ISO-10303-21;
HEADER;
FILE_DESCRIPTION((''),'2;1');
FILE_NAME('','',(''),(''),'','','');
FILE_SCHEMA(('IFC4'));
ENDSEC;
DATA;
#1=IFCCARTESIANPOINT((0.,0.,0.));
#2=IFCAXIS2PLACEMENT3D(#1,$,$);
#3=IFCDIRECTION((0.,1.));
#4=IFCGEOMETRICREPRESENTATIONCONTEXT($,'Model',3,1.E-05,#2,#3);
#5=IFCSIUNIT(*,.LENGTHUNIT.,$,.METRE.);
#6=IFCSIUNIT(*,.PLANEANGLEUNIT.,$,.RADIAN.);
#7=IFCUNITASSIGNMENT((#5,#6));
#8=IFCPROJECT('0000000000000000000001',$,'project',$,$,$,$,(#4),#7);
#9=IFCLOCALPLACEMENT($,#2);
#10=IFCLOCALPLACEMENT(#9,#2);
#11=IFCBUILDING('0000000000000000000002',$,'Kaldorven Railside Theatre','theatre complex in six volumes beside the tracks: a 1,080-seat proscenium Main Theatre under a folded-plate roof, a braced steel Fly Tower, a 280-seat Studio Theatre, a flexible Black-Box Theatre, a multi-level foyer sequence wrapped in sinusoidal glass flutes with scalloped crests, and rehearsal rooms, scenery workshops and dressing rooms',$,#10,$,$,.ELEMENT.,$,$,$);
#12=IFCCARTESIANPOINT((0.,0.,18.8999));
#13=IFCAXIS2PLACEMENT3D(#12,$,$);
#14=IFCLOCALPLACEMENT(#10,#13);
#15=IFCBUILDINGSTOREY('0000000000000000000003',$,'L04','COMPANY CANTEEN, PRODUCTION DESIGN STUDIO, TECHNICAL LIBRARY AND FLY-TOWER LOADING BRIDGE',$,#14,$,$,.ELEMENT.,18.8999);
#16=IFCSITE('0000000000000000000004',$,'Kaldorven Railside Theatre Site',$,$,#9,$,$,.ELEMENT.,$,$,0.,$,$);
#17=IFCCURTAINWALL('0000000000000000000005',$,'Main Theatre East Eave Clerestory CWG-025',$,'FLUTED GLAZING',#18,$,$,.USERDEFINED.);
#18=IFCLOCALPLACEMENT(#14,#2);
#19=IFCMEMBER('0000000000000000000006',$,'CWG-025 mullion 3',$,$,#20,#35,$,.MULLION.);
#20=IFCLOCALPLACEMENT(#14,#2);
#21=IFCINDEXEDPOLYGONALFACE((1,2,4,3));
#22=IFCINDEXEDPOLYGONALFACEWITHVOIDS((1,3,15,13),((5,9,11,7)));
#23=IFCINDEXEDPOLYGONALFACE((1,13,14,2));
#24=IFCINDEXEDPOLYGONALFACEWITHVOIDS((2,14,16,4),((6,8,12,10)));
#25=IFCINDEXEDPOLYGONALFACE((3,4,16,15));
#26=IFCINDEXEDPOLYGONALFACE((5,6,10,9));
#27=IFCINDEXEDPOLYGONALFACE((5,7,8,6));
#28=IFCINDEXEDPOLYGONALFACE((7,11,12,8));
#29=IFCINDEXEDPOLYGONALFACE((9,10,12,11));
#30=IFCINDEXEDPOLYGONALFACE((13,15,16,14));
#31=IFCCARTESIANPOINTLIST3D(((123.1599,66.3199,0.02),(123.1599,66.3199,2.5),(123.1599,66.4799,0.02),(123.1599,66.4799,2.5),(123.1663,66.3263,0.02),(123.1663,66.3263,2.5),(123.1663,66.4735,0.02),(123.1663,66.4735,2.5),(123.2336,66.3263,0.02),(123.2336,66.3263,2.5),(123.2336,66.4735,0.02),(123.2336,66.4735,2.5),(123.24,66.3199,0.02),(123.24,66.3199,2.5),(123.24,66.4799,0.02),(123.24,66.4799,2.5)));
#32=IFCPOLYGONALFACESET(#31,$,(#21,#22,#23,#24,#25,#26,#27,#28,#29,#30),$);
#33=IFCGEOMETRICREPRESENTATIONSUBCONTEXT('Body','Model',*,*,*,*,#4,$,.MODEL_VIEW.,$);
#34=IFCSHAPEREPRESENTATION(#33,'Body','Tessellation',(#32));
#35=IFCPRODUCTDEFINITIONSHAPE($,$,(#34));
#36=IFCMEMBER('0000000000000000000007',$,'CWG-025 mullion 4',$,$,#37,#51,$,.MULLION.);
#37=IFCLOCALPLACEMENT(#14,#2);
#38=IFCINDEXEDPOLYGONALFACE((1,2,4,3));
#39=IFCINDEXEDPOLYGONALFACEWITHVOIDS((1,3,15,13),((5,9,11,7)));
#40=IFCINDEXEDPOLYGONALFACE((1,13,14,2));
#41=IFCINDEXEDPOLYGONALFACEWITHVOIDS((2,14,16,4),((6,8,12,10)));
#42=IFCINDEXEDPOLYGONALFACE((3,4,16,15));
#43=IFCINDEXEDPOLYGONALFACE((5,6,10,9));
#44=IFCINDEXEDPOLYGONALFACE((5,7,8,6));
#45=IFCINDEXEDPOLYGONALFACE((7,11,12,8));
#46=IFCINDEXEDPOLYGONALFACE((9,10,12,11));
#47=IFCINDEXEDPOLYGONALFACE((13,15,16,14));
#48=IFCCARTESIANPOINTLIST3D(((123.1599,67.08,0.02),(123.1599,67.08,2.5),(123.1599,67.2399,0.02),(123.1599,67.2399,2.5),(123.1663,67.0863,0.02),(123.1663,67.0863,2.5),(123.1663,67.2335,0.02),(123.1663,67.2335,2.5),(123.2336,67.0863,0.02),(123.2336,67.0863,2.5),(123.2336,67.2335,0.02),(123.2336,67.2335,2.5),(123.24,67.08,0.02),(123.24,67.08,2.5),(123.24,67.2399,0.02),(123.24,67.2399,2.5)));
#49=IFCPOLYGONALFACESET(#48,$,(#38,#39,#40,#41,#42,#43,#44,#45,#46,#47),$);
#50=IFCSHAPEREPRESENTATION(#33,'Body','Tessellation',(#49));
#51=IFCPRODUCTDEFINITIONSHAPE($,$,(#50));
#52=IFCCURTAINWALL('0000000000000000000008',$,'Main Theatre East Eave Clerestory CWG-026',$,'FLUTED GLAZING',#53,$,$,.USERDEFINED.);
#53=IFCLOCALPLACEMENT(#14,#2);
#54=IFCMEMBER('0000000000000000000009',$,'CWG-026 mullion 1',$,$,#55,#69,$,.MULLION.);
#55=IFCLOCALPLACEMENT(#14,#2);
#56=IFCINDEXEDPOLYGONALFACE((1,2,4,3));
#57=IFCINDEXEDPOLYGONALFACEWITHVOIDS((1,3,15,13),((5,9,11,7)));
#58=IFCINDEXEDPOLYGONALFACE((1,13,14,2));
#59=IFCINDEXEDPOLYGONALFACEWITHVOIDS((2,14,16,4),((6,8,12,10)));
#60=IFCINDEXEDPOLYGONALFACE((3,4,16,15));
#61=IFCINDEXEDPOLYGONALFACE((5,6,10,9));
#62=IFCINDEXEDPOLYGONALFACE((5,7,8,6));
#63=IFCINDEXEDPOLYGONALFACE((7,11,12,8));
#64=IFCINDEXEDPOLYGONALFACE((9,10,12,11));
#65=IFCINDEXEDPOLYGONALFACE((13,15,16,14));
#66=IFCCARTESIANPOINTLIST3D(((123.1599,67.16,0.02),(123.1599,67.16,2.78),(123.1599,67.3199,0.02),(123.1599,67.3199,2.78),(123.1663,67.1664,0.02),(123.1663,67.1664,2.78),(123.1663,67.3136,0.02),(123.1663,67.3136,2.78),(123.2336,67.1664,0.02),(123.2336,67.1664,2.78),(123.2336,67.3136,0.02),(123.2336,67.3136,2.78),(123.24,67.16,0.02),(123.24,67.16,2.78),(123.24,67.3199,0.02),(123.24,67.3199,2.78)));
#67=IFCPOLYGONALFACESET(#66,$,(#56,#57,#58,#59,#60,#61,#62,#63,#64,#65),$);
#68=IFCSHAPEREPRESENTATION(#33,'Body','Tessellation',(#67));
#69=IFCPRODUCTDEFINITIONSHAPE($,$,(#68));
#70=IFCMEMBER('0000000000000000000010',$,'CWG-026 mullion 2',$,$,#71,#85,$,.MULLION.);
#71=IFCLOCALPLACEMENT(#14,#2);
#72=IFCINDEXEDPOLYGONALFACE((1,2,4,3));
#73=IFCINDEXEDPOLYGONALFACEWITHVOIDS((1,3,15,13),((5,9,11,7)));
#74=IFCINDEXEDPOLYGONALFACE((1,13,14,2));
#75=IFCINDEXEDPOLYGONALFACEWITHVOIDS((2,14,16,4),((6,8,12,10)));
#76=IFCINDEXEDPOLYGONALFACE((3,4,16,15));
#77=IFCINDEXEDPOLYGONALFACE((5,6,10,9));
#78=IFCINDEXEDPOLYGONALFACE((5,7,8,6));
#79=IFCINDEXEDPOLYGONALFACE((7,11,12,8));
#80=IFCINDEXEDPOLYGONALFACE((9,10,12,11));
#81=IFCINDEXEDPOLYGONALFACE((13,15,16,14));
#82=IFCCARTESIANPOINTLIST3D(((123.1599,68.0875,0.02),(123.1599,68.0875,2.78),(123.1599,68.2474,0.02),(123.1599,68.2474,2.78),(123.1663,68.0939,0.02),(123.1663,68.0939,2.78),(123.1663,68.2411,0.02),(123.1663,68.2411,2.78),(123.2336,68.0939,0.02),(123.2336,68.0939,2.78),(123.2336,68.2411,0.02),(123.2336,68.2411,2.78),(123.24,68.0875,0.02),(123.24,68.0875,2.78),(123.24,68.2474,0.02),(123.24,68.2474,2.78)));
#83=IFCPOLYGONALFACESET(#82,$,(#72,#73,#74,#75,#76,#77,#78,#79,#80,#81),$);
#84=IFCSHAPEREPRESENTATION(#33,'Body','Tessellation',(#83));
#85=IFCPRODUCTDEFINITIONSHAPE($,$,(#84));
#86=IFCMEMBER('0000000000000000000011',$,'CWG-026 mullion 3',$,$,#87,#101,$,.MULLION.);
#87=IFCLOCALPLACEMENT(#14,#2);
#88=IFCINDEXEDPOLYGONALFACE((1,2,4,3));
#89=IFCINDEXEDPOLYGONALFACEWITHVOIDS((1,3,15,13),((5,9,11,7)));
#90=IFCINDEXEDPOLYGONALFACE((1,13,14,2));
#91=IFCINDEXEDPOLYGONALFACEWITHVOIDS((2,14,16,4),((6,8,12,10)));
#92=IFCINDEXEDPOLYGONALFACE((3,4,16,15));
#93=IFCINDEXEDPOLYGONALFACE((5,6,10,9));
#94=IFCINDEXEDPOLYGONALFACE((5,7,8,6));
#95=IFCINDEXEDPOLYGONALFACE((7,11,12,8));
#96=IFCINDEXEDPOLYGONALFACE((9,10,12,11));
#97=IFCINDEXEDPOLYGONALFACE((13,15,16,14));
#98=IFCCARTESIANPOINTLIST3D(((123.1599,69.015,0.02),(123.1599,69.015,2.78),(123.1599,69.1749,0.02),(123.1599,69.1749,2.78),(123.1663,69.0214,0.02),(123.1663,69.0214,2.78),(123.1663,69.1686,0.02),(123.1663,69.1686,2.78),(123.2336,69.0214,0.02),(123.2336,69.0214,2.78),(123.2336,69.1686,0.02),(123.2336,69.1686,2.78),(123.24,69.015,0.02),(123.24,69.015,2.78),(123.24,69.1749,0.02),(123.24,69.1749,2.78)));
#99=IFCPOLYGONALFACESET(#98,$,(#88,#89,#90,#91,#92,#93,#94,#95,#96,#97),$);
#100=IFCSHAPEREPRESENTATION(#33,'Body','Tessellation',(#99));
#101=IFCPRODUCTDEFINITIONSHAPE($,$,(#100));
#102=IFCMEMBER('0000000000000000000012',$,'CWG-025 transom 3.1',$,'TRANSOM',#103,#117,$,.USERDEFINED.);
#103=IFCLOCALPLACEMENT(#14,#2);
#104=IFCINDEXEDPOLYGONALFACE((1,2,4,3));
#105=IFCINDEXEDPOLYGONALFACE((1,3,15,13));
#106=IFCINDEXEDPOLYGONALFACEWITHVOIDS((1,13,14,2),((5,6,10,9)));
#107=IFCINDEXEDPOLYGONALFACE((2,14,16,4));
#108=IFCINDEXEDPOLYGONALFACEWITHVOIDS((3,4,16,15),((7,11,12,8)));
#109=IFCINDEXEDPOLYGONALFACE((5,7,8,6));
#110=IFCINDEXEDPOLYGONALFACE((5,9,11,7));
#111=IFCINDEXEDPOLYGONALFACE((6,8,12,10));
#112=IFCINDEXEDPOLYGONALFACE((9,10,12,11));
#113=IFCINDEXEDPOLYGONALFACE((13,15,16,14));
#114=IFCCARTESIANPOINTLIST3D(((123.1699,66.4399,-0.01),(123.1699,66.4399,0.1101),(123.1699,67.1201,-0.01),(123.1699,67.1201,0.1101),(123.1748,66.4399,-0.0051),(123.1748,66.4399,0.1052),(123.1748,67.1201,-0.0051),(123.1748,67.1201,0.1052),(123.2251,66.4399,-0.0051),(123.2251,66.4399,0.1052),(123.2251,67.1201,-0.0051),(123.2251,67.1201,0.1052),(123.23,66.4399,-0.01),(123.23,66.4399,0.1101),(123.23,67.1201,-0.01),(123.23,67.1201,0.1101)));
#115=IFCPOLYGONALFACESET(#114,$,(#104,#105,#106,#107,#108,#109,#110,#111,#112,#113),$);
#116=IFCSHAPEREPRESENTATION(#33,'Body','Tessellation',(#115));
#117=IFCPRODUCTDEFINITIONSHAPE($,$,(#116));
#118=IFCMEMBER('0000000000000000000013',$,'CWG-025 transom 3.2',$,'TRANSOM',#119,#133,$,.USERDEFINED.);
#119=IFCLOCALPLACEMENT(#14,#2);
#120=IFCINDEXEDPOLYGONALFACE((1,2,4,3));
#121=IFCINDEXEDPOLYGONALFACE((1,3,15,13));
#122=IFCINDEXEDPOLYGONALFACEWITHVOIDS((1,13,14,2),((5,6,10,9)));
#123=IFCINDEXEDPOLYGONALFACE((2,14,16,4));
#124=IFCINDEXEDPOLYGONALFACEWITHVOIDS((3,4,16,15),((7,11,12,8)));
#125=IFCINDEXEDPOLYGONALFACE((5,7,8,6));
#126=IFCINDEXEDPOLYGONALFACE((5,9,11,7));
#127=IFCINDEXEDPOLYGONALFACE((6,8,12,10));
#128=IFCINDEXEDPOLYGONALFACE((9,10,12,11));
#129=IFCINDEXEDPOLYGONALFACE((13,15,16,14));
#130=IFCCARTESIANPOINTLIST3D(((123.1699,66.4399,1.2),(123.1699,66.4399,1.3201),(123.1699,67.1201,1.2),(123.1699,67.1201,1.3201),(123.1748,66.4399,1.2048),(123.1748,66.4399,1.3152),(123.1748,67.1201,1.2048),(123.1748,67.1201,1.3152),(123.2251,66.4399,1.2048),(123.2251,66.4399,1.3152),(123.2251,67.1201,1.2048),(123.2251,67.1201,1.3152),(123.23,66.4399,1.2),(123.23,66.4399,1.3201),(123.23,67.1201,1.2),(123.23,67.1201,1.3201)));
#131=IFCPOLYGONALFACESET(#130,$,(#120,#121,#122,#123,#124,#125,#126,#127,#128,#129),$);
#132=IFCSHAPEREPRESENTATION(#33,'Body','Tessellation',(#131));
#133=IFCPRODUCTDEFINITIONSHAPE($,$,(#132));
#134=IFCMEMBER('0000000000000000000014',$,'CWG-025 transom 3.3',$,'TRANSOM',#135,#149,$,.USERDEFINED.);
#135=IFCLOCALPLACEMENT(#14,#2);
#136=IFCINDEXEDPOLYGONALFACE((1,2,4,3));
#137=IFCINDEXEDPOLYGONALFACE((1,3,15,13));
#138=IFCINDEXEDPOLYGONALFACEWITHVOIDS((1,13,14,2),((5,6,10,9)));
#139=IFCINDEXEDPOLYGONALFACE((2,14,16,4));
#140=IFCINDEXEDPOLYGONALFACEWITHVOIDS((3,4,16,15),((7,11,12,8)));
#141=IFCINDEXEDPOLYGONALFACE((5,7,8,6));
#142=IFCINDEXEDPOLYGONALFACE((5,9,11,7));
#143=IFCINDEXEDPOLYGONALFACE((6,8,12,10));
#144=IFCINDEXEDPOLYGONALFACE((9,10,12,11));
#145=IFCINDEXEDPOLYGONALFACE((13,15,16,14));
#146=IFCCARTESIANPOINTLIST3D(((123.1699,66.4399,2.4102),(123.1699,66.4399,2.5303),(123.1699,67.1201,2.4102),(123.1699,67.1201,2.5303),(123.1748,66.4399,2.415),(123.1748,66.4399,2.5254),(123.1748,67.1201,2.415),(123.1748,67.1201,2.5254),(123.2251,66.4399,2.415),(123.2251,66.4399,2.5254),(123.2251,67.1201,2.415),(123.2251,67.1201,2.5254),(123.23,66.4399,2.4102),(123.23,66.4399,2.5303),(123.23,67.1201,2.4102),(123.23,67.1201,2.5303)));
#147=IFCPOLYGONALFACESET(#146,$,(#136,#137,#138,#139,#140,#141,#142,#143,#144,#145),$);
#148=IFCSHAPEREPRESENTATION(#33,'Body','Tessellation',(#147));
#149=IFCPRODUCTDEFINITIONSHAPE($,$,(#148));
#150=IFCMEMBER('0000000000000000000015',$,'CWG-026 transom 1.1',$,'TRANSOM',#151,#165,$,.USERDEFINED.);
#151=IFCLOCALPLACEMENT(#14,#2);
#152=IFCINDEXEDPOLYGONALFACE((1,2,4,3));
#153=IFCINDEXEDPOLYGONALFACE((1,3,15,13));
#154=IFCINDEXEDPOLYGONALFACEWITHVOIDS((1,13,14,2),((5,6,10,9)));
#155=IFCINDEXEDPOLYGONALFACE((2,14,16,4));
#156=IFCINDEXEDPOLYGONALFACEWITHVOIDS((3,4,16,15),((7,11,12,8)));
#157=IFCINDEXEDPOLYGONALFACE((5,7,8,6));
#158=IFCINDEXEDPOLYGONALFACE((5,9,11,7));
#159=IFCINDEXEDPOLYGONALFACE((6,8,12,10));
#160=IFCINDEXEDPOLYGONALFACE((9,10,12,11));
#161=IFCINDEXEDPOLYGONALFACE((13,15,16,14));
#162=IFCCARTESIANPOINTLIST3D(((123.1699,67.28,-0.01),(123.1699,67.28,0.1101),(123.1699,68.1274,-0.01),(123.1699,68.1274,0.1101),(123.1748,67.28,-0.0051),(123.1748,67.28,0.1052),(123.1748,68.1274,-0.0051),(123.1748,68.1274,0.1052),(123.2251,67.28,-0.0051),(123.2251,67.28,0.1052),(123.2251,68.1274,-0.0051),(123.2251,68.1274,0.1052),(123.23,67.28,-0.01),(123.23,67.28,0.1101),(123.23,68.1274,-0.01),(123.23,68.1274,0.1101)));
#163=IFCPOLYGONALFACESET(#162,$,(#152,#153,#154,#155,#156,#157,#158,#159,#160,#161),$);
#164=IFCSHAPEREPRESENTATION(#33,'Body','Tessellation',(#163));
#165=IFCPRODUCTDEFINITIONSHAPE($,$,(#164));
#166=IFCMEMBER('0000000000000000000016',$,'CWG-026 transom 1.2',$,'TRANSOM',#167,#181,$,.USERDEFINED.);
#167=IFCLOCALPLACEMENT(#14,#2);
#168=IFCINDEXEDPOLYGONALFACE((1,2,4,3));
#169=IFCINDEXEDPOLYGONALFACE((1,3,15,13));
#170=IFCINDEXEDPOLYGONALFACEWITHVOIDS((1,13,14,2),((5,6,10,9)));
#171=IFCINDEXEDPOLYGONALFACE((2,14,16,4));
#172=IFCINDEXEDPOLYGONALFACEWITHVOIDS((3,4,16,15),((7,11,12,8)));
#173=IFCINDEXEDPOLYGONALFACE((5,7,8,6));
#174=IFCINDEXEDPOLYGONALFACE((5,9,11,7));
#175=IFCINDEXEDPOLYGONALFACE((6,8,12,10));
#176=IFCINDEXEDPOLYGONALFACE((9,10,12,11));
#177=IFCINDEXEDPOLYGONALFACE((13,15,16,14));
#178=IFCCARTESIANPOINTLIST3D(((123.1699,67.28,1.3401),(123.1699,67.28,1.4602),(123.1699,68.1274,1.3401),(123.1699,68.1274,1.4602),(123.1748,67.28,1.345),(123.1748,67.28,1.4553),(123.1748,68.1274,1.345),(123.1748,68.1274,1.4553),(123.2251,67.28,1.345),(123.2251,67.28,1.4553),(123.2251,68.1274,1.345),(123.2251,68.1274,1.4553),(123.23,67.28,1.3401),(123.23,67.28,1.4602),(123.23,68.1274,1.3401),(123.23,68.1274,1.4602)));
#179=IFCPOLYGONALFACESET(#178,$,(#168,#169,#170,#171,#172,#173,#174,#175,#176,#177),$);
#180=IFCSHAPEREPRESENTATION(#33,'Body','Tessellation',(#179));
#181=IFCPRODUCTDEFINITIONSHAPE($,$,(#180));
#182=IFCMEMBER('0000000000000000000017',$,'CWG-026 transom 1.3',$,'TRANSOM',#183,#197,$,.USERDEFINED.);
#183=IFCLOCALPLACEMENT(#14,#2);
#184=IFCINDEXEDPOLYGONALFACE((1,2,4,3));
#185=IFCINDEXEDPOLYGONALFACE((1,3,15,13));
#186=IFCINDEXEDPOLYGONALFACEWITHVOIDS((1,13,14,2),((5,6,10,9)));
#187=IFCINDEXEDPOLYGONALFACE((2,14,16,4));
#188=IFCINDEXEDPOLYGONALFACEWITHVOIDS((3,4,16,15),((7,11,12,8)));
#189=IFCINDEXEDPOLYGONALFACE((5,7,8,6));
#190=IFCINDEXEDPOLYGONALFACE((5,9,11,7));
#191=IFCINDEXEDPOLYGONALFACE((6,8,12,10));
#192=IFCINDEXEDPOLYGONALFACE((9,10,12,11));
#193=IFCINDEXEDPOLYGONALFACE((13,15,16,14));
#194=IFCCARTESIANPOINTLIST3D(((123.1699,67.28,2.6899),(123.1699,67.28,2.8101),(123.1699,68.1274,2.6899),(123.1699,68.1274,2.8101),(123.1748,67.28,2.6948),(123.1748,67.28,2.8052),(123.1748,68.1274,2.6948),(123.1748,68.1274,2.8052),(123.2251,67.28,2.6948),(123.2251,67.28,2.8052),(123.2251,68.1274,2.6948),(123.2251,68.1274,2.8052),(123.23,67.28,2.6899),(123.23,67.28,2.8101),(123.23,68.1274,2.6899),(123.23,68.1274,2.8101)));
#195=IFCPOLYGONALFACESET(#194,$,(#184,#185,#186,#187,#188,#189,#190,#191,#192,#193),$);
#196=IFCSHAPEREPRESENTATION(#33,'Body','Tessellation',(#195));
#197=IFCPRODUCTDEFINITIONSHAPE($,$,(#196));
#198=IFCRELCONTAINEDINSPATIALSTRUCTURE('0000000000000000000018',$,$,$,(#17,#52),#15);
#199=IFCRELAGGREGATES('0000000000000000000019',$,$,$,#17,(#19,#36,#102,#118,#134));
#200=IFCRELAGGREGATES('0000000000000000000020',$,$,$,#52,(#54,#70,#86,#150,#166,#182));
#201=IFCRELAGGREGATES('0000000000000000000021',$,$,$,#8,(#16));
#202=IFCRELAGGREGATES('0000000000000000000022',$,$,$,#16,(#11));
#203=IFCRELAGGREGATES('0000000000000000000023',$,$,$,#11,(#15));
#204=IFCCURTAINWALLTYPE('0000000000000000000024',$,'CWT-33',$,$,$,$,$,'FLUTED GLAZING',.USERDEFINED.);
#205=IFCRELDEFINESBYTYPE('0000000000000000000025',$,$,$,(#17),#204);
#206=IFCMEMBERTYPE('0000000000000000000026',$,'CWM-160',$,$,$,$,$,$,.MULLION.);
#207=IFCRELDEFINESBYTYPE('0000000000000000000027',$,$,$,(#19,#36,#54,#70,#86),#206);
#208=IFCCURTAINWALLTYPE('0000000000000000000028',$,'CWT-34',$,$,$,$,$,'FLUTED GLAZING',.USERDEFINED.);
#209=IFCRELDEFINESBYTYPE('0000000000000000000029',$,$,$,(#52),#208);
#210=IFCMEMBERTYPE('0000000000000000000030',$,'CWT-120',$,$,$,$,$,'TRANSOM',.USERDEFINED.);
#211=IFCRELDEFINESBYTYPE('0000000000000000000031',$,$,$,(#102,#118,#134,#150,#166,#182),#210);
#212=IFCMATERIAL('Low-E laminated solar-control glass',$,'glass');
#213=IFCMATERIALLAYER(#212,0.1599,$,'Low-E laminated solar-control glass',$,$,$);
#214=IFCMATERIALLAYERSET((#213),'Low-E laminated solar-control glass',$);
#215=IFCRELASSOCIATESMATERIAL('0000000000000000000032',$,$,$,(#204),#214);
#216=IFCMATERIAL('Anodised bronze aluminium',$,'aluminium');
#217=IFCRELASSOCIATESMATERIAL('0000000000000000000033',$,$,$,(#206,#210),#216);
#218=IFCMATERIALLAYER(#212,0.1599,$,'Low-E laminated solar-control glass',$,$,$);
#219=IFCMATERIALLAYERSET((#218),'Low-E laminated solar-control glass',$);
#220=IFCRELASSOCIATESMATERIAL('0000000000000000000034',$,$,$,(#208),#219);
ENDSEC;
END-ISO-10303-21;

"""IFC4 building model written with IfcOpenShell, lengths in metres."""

from ifc_helpers import new_model, si_unit, direction, frame, origin, origin_2d, place, context, subcontext, project, spatial, hollow_rectangle, extrude, material, layer, layer_set, material_profile, profile_set, type_object, element, aggregate, save


model = new_model("IFC4")

# Units and contexts
model_context = context("Model", 3, precision=1e-05, world=origin(), true_north=direction((0.0, 1.0)))
body_context = subcontext(model_context, "Body", "Model", "MODEL_VIEW")
ifc_project = project(units=[si_unit("LENGTHUNIT", "METRE"), si_unit("PLANEANGLEUNIT", "RADIAN")], contexts=[model_context])

# Site, building, storey
site_placement = place(None, origin())
site = spatial("IfcSite", under=ifc_project, at=site_placement, Name="Kaldorven Railside Theatre Site", CompositionType="ELEMENT", RefElevation=0.0)
building_placement = place(site_placement, origin())
building = spatial("IfcBuilding", under=site, at=building_placement, Name="Kaldorven Railside Theatre", Description="theatre complex in six volumes beside the tracks: a 1,080-seat proscenium Main Theatre under a folded-plate roof, a braced steel Fly Tower, a 280-seat Studio Theatre, a flexible Black-Box Theatre, a multi-level foyer sequence wrapped in sinusoidal glass flutes with scalloped crests, and rehearsal rooms, scenery workshops and dressing rooms", CompositionType="ELEMENT")
storey_placement = place(building_placement, frame((0.0, 0.0, 18.8999)))
storey = spatial("IfcBuildingStorey", under=building, at=storey_placement, Name="L04", Description="COMPANY CANTEEN, PRODUCTION DESIGN STUDIO, TECHNICAL LIBRARY AND FLY-TOWER LOADING BRIDGE", CompositionType="ELEMENT", Elevation=18.8999)

# Curtain walls, members
ifc_material_1 = material(Name="Low-E laminated solar-control glass", Category="glass")
ifc_layer_1 = layer(ifc_material_1, 0.1599, Name="Low-E laminated solar-control glass")
ifc_layer_set_1 = layer_set([ifc_layer_1], Name="Low-E laminated solar-control glass")
curtain_wall_type_1 = type_object("IfcCurtainWallType", Name="CWT-33", ElementType="FLUTED GLAZING", PredefinedType="USERDEFINED", material=ifc_layer_set_1)
curtain_wall_1_placement = place(storey_placement, origin())
curtain_wall_1 = element("IfcCurtainWall", 1, at=curtain_wall_1_placement, inside=storey, type_object=curtain_wall_type_1, Name="Main Theatre East Eave Clerestory CWG-025", ObjectType="FLUTED GLAZING", PredefinedType="USERDEFINED")
ifc_material_2 = material(Name="Anodised bronze aluminium", Category="aluminium")
ifc_material_profile_1 = material_profile(ifc_material_2, hollow_rectangle(XDim=0.0801, YDim=0.1599, WallThickness=0.0063, at=origin_2d()), Name="RHS 160x80x6.3")
ifc_profile_set_1 = profile_set([ifc_material_profile_1], Name="Anodised bronze aluminium")
member_type_1 = type_object("IfcMemberType", Name="CWM-160", PredefinedType="MULLION", material=ifc_profile_set_1)
member_1_placement = place(storey_placement, frame((123.2, 66.3999, 0.02), z_axis=(0.0, 0.0, 1.0), x_axis=(-1.0, 0.0, 0.0)))
member_1 = element("IfcMember", 2, at=member_1_placement, type_object=member_type_1, Name="CWG-025 mullion 3", PredefinedType="MULLION", context=body_context, shape_type="SweptSolid", body=[
    extrude(hollow_rectangle(XDim=0.0801, YDim=0.1599, WallThickness=0.0063, at=origin_2d()), origin(), (0.0, 0.0, 1.0), 2.48),
])
member_2_placement = place(storey_placement, frame((123.2, 67.1599, 0.02), z_axis=(0.0, 0.0, 1.0), x_axis=(-1.0, 0.0, 0.0)))
member_2 = element("IfcMember", 3, at=member_2_placement, type_object=member_type_1, Name="CWG-025 mullion 4", PredefinedType="MULLION", context=body_context, shape_type="SweptSolid", body=[
    extrude(hollow_rectangle(XDim=0.0801, YDim=0.1599, WallThickness=0.0063, at=origin_2d()), origin(), (0.0, 0.0, 1.0), 2.48),
])
ifc_layer_2 = layer(ifc_material_1, 0.1599, Name="Low-E laminated solar-control glass")
ifc_layer_set_2 = layer_set([ifc_layer_2], Name="Low-E laminated solar-control glass")
curtain_wall_type_2 = type_object("IfcCurtainWallType", Name="CWT-34", ElementType="FLUTED GLAZING", PredefinedType="USERDEFINED", material=ifc_layer_set_2)
curtain_wall_2_placement = place(storey_placement, origin())
curtain_wall_2 = element("IfcCurtainWall", 4, at=curtain_wall_2_placement, inside=storey, type_object=curtain_wall_type_2, Name="Main Theatre East Eave Clerestory CWG-026", ObjectType="FLUTED GLAZING", PredefinedType="USERDEFINED")
member_3_placement = place(storey_placement, frame((123.2, 67.24, 0.02), z_axis=(0.0, 0.0, 1.0), x_axis=(-1.0, 0.0, 0.0)))
member_3 = element("IfcMember", 5, at=member_3_placement, type_object=member_type_1, Name="CWG-026 mullion 1", PredefinedType="MULLION", context=body_context, shape_type="SweptSolid", body=[
    extrude(hollow_rectangle(XDim=0.0801, YDim=0.1599, WallThickness=0.0063, at=origin_2d()), origin(), (0.0, 0.0, 1.0), 2.76),
])
member_4_placement = place(storey_placement, frame((123.2, 68.1675, 0.02), z_axis=(0.0, 0.0, 1.0), x_axis=(-1.0, 0.0, 0.0)))
member_4 = element("IfcMember", 6, at=member_4_placement, type_object=member_type_1, Name="CWG-026 mullion 2", PredefinedType="MULLION", context=body_context, shape_type="SweptSolid", body=[
    extrude(hollow_rectangle(XDim=0.0801, YDim=0.1599, WallThickness=0.0063, at=origin_2d()), origin(), (0.0, 0.0, 1.0), 2.76),
])
member_5_placement = place(storey_placement, frame((123.2, 69.095, 0.02), z_axis=(0.0, 0.0, 1.0), x_axis=(-1.0, 0.0, 0.0)))
member_5 = element("IfcMember", 7, at=member_5_placement, type_object=member_type_1, Name="CWG-026 mullion 3", PredefinedType="MULLION", context=body_context, shape_type="SweptSolid", body=[
    extrude(hollow_rectangle(XDim=0.0801, YDim=0.1599, WallThickness=0.0063, at=origin_2d()), origin(), (0.0, 0.0, 1.0), 2.76),
])

# Members
ifc_material_profile_2 = material_profile(ifc_material_2, hollow_rectangle(XDim=0.0601, YDim=0.1201, WallThickness=0.0049, at=origin_2d()), Name="RHS 120x60x5")
ifc_profile_set_2 = profile_set([ifc_material_profile_2], Name="Anodised bronze aluminium")
member_type_2 = type_object("IfcMemberType", Name="CWT-120", ElementType="TRANSOM", PredefinedType="USERDEFINED", material=ifc_profile_set_2)
member_6_placement = place(storey_placement, frame((123.2, 66.4399, 0.05), z_axis=(0.0, 1.0, 0.0), x_axis=(-1.0, 0.0, 0.0)))
member_6 = element("IfcMember", 8, at=member_6_placement, type_object=member_type_2, Name="CWG-025 transom 3.1", ObjectType="TRANSOM", PredefinedType="USERDEFINED", context=body_context, shape_type="SweptSolid", body=[
    extrude(hollow_rectangle(XDim=0.0601, YDim=0.1201, WallThickness=0.0049, at=origin_2d()), origin(), (0.0, 0.0, 1.0), 0.6802),
])
member_7_placement = place(storey_placement, frame((123.2, 66.4399, 1.26), z_axis=(0.0, 1.0, 0.0), x_axis=(-1.0, 0.0, 0.0)))
member_7 = element("IfcMember", 9, at=member_7_placement, type_object=member_type_2, Name="CWG-025 transom 3.2", ObjectType="TRANSOM", PredefinedType="USERDEFINED", context=body_context, shape_type="SweptSolid", body=[
    extrude(hollow_rectangle(XDim=0.0601, YDim=0.1201, WallThickness=0.0049, at=origin_2d()), origin(), (0.0, 0.0, 1.0), 0.6802),
])
member_8_placement = place(storey_placement, frame((123.2, 66.4399, 2.4702), z_axis=(0.0, 1.0, 0.0), x_axis=(-1.0, 0.0, 0.0)))
member_8 = element("IfcMember", 10, at=member_8_placement, type_object=member_type_2, Name="CWG-025 transom 3.3", ObjectType="TRANSOM", PredefinedType="USERDEFINED", context=body_context, shape_type="SweptSolid", body=[
    extrude(hollow_rectangle(XDim=0.0601, YDim=0.1201, WallThickness=0.0049, at=origin_2d()), origin(), (0.0, 0.0, 1.0), 0.6802),
])
member_9_placement = place(storey_placement, frame((123.2, 67.28, 0.05), z_axis=(0.0, 1.0, 0.0), x_axis=(-1.0, 0.0, 0.0)))
member_9 = element("IfcMember", 11, at=member_9_placement, type_object=member_type_2, Name="CWG-026 transom 1.1", ObjectType="TRANSOM", PredefinedType="USERDEFINED", context=body_context, shape_type="SweptSolid", body=[
    extrude(hollow_rectangle(XDim=0.0601, YDim=0.1201, WallThickness=0.0049, at=origin_2d()), origin(), (0.0, 0.0, 1.0), 0.8474),
])
member_10_placement = place(storey_placement, frame((123.2, 67.28, 1.4001), z_axis=(0.0, 1.0, 0.0), x_axis=(-1.0, 0.0, 0.0)))
member_10 = element("IfcMember", 12, at=member_10_placement, type_object=member_type_2, Name="CWG-026 transom 1.2", ObjectType="TRANSOM", PredefinedType="USERDEFINED", context=body_context, shape_type="SweptSolid", body=[
    extrude(hollow_rectangle(XDim=0.0601, YDim=0.1201, WallThickness=0.0049, at=origin_2d()), origin(), (0.0, 0.0, 1.0), 0.8474),
])
member_11_placement = place(storey_placement, frame((123.2, 67.28, 2.75), z_axis=(0.0, 1.0, 0.0), x_axis=(-1.0, 0.0, 0.0)))
member_11 = element("IfcMember", 13, at=member_11_placement, type_object=member_type_2, Name="CWG-026 transom 1.3", ObjectType="TRANSOM", PredefinedType="USERDEFINED", context=body_context, shape_type="SweptSolid", body=[
    extrude(hollow_rectangle(XDim=0.0601, YDim=0.1201, WallThickness=0.0049, at=origin_2d()), origin(), (0.0, 0.0, 1.0), 0.8474),
])

aggregate(curtain_wall_1, [member_1, member_2, member_6, member_7, member_8])
aggregate(curtain_wall_2, [member_3, member_4, member_5, member_9, member_10, member_11])

save(model, "model.ifc")
